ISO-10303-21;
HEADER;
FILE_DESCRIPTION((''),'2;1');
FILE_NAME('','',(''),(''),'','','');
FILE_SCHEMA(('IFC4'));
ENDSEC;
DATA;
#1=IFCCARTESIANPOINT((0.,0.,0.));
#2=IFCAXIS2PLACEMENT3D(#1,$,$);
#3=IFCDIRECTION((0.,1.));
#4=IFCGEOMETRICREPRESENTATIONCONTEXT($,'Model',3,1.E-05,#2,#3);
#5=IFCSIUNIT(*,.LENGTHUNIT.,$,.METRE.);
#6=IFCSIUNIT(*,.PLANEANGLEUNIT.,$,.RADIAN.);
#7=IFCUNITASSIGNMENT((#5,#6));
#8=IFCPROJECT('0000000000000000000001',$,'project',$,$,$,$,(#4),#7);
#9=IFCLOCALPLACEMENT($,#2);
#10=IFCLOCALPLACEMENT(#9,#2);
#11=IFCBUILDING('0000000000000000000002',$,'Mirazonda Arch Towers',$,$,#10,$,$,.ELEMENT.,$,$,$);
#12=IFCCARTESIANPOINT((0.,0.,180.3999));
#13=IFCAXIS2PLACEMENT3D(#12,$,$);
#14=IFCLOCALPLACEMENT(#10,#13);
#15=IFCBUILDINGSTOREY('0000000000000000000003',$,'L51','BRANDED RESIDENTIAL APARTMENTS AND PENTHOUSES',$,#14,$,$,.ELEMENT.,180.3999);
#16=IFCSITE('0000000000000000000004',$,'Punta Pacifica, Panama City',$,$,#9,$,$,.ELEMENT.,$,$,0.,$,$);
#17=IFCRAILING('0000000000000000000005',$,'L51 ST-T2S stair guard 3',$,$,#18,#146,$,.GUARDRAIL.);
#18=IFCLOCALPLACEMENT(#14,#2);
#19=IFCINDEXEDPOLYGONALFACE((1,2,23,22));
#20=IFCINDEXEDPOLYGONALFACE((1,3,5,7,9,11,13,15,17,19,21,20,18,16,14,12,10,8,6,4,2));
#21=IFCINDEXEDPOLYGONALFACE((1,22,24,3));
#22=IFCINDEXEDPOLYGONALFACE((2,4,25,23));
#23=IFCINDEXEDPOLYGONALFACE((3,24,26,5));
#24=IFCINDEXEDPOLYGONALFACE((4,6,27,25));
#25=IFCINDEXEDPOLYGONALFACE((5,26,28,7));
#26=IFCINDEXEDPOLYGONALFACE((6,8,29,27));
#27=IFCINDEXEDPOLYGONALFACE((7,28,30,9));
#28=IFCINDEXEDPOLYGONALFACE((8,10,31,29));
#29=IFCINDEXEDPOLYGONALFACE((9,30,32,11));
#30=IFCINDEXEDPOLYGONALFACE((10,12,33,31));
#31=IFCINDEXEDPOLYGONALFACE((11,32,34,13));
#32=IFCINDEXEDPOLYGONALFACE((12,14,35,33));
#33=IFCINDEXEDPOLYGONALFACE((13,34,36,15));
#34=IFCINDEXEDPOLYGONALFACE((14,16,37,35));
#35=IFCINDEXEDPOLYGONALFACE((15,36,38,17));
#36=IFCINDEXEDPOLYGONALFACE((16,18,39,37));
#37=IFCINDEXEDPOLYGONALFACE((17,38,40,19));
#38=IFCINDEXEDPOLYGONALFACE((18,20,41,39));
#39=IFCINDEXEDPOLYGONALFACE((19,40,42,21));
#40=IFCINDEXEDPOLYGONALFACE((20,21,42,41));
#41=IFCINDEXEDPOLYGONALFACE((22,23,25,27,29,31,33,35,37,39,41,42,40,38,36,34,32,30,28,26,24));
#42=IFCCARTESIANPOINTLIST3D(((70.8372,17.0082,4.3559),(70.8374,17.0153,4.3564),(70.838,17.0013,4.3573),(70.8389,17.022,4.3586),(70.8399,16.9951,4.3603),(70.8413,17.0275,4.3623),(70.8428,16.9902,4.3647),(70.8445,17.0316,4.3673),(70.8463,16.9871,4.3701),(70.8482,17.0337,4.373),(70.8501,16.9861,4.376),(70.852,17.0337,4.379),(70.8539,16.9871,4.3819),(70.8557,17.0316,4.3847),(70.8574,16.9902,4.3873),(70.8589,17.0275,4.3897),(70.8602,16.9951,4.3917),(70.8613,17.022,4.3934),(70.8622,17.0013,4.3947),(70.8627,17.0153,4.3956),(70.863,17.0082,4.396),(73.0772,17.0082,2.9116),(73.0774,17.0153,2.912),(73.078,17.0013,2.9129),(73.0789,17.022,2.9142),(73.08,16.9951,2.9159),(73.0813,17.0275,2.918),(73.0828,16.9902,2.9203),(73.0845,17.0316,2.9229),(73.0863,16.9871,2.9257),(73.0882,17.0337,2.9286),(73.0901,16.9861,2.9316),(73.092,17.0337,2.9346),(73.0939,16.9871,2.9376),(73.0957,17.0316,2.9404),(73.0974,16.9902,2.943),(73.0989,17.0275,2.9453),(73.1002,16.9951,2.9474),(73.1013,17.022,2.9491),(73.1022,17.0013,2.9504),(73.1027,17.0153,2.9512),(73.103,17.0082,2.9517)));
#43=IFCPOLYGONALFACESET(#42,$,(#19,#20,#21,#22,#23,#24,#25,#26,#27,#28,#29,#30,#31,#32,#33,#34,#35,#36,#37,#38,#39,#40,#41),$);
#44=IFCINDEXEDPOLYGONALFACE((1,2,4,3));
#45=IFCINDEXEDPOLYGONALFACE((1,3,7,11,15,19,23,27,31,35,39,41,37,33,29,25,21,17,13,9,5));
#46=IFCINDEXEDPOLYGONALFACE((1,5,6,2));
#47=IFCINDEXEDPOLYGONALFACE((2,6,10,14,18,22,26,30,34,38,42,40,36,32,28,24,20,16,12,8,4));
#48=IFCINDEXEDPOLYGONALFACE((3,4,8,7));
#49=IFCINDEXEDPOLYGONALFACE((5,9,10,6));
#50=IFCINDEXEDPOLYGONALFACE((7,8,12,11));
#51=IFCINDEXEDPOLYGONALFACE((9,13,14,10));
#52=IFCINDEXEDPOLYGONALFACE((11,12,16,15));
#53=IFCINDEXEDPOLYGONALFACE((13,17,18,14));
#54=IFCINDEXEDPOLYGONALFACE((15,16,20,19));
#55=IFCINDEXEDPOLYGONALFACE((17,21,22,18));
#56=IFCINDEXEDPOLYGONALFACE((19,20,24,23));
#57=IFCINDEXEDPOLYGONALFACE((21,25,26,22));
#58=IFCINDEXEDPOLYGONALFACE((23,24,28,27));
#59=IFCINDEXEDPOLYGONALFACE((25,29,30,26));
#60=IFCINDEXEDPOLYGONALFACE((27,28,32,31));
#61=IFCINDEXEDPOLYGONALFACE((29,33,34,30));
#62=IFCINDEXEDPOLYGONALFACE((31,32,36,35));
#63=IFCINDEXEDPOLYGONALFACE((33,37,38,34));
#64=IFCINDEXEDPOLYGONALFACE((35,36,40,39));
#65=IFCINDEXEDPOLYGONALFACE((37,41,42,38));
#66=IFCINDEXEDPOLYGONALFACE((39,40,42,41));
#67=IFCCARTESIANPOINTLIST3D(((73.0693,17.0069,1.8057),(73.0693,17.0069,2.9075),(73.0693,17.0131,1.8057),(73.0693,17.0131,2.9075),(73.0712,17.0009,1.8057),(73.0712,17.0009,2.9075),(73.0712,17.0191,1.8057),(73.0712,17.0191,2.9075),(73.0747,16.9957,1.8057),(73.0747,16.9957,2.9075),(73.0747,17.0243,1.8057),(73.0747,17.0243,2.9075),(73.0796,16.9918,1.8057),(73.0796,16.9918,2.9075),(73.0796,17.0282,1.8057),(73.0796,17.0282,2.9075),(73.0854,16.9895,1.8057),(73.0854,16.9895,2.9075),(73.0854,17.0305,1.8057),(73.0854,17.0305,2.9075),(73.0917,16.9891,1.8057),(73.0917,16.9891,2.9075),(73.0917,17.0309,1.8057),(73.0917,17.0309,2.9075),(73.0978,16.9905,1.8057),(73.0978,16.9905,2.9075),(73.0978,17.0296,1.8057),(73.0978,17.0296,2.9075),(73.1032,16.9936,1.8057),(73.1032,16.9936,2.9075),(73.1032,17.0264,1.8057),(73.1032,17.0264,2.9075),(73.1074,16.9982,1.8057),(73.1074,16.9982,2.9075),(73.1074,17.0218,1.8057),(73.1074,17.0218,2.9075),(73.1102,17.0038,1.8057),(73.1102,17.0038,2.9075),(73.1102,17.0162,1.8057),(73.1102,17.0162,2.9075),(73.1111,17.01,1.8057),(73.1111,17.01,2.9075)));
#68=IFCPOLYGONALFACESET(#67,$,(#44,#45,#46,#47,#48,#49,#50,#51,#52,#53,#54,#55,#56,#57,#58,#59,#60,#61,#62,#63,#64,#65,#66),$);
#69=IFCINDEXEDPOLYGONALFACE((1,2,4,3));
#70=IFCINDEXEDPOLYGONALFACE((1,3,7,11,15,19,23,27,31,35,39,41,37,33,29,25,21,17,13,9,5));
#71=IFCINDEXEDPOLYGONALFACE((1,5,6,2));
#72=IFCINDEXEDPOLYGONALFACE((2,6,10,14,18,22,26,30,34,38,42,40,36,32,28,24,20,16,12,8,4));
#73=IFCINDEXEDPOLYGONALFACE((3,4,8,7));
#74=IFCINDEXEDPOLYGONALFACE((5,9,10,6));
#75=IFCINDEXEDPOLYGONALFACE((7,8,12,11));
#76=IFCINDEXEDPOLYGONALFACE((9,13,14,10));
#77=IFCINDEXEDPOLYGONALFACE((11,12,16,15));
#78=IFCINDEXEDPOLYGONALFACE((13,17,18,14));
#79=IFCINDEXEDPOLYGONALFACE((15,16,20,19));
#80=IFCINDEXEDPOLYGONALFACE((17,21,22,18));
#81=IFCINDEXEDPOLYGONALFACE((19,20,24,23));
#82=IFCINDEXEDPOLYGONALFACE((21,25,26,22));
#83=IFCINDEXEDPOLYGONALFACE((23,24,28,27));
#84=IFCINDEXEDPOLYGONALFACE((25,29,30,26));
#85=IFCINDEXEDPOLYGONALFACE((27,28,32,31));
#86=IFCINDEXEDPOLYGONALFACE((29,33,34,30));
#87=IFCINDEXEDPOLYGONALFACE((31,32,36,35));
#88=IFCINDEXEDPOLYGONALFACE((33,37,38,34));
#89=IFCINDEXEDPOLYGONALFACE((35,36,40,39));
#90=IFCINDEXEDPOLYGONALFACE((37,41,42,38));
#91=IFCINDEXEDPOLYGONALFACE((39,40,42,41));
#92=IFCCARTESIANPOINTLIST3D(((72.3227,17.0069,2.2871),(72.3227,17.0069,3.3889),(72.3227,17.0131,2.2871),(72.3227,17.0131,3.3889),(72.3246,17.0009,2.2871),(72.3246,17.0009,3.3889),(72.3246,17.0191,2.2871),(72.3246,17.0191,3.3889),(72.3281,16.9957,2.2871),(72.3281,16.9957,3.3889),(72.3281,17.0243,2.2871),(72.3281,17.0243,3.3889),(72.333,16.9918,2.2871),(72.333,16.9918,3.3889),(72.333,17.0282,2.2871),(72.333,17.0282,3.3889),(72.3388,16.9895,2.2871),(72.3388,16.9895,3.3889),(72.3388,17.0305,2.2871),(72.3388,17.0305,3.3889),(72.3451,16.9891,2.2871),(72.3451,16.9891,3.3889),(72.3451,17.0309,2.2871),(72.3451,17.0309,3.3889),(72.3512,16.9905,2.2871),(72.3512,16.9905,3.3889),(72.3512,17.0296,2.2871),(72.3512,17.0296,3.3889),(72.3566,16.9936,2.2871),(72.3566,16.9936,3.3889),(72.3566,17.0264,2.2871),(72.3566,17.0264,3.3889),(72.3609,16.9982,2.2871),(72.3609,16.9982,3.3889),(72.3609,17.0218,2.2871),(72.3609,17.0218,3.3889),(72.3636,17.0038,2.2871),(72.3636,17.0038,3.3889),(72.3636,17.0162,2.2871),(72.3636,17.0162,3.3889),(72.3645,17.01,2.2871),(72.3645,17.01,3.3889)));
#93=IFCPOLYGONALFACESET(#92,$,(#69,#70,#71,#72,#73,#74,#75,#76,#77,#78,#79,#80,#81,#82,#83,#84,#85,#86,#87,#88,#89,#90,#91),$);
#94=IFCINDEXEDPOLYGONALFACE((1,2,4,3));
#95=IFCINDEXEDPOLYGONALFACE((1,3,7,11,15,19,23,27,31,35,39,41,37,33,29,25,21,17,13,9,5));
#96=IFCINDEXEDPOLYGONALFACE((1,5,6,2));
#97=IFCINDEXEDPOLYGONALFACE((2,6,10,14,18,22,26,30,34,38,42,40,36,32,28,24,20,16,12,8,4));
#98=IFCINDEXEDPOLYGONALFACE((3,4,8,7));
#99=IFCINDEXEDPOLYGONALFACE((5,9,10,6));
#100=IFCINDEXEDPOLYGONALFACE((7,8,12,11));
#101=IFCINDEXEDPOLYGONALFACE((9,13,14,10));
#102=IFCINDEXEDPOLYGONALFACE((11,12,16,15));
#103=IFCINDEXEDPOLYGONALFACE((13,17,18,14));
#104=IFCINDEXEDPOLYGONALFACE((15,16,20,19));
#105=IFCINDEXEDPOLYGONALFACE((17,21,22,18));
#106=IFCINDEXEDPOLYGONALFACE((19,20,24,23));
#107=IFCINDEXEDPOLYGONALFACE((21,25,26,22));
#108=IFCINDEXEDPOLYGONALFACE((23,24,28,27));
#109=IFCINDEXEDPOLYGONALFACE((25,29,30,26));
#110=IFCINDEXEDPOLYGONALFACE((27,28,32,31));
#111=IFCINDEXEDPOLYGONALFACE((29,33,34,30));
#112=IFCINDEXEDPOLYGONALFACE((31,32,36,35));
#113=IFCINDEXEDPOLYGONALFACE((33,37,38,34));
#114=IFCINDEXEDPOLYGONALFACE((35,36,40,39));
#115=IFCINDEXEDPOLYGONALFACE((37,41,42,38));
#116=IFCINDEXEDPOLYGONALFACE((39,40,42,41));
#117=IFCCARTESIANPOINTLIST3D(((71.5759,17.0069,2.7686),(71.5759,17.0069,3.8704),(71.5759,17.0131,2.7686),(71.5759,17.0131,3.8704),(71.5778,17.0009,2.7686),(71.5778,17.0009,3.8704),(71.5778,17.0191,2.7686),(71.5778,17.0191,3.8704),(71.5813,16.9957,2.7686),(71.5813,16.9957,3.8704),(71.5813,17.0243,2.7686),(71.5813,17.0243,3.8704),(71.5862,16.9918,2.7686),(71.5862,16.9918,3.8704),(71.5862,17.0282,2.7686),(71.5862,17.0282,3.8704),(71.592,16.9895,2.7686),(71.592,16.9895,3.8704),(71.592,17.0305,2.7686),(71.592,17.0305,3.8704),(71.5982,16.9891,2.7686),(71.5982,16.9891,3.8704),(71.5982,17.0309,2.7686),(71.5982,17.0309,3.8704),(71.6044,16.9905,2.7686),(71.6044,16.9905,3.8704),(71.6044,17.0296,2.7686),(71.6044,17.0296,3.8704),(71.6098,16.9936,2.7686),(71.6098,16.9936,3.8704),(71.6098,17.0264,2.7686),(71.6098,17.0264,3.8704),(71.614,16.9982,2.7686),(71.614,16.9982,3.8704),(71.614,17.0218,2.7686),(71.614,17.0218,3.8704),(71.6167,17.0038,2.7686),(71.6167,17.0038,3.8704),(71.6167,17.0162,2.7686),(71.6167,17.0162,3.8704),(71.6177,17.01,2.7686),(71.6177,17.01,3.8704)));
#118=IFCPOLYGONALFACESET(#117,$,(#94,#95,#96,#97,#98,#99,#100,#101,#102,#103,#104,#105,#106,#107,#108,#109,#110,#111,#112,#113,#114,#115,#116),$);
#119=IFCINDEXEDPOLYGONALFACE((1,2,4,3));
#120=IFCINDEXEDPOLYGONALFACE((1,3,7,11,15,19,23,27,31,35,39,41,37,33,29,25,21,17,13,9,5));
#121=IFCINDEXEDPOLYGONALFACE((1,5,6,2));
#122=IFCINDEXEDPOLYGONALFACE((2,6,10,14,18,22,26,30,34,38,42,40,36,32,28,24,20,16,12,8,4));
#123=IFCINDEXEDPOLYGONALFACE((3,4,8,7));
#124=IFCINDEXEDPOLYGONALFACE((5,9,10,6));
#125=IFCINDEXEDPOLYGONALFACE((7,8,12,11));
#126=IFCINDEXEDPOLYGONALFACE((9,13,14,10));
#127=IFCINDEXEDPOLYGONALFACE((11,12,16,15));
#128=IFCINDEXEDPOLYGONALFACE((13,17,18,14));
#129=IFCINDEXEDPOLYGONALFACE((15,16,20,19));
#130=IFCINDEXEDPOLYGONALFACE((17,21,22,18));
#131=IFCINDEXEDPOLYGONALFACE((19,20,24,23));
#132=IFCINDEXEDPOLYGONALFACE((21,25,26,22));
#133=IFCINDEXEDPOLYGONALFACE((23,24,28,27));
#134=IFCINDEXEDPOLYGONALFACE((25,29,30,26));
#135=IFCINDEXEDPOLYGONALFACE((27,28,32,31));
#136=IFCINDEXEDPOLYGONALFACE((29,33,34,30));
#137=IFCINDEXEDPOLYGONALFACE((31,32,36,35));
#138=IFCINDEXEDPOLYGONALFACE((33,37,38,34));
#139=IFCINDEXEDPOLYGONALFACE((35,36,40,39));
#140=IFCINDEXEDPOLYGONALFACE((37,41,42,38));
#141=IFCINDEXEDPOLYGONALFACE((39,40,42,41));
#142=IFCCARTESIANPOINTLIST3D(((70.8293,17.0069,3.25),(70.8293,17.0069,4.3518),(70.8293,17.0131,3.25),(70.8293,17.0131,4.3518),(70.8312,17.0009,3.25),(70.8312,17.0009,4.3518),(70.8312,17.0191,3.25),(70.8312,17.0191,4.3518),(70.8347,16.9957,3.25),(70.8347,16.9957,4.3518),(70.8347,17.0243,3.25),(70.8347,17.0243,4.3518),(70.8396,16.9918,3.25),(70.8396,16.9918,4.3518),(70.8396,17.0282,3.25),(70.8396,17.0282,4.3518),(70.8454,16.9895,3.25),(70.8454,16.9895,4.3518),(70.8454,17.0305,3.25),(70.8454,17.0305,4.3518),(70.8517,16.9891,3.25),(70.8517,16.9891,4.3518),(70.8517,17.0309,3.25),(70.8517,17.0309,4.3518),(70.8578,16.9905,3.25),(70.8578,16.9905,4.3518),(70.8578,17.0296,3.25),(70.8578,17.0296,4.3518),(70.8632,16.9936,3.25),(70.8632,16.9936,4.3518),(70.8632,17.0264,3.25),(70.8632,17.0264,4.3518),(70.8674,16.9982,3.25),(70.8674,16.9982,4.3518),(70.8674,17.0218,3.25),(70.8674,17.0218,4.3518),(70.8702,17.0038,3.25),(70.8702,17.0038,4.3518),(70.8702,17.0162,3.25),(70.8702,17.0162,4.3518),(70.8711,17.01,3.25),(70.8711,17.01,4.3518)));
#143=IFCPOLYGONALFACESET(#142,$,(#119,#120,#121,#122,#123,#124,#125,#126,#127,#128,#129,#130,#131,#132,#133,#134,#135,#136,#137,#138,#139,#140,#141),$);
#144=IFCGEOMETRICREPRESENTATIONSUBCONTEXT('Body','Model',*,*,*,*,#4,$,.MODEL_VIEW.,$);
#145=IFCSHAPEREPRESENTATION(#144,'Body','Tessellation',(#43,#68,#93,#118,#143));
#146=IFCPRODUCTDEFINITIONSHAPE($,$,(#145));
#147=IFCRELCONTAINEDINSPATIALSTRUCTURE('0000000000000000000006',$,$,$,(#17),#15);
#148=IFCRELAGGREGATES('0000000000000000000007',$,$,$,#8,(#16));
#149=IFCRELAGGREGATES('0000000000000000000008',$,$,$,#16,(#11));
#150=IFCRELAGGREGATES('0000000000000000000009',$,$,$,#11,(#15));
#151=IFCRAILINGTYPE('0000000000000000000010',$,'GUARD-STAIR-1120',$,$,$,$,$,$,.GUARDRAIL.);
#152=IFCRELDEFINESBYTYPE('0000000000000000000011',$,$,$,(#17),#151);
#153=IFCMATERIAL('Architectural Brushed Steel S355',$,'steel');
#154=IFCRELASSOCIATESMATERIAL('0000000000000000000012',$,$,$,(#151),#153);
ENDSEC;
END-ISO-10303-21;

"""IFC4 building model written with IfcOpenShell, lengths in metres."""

from ifc_helpers import new_model, si_unit, direction, frame, origin, origin_2d, place, context, subcontext, project, spatial, circle, extrude, material, type_object, element, save


model = new_model("IFC4")

# Units and contexts
model_context = context("Model", 3, precision=1e-05, world=origin(), true_north=direction((0.0, 1.0)))
body_context = subcontext(model_context, "Body", "Model", "MODEL_VIEW")
ifc_project = project(units=[si_unit("LENGTHUNIT", "METRE"), si_unit("PLANEANGLEUNIT", "RADIAN")], contexts=[model_context])

# Site, building, storey
site_placement = place(None, origin())
site = spatial("IfcSite", under=ifc_project, at=site_placement, Name="Punta Pacifica, Panama City", CompositionType="ELEMENT", RefElevation=0.0)
building_placement = place(site_placement, origin())
building = spatial("IfcBuilding", under=site, at=building_placement, Name="Mirazonda Arch Towers", CompositionType="ELEMENT")
storey_placement = place(building_placement, frame((0.0, 0.0, 180.3999)))
storey = spatial("IfcBuildingStorey", under=building, at=storey_placement, Name="L51", Description="BRANDED RESIDENTIAL APARTMENTS AND PENTHOUSES", CompositionType="ELEMENT", Elevation=180.3999)

# Shared definitions
ifc_material_1 = material(Name="Architectural Brushed Steel S355", Category="steel")

# Railing
railing_type_1 = type_object("IfcRailingType", Name="GUARD-STAIR-1120", PredefinedType="GUARDRAIL", material=ifc_material_1)
railing_1_placement = place(storey_placement, frame((73.0901, 17.01, 1.8057)))
element("IfcRailing", 1, at=railing_1_placement, inside=storey, type_object=railing_type_1, Name="L51 ST-T2S stair guard 3", PredefinedType="GUARDRAIL", context=body_context, shape_type="SweptSolid", body=[
    extrude(circle(Radius=0.0239, at=origin_2d()), frame((0.0, 0.0, 1.126), z_axis=(-0.840437, 0.0, 0.54191), x_axis=(0.0, -1.0, 0.0)), (0.0, 0.0, 1.0), 2.6653),
    extrude(circle(Radius=0.021, at=origin_2d()), origin(), (0.0, 0.0, 1.0), 1.1018),
    extrude(circle(Radius=0.021, at=origin_2d()), frame((-0.7466, 0.0, 0.4814)), (0.0, 0.0, 1.0), 1.1018),
    extrude(circle(Radius=0.021, at=origin_2d()), frame((-1.4934, 0.0, 0.9629)), (0.0, 0.0, 1.0), 1.1018),
    extrude(circle(Radius=0.021, at=origin_2d()), frame((-2.24, 0.0, 1.4443)), (0.0, 0.0, 1.0), 1.1018),
])

save(model, "model.ifc")
